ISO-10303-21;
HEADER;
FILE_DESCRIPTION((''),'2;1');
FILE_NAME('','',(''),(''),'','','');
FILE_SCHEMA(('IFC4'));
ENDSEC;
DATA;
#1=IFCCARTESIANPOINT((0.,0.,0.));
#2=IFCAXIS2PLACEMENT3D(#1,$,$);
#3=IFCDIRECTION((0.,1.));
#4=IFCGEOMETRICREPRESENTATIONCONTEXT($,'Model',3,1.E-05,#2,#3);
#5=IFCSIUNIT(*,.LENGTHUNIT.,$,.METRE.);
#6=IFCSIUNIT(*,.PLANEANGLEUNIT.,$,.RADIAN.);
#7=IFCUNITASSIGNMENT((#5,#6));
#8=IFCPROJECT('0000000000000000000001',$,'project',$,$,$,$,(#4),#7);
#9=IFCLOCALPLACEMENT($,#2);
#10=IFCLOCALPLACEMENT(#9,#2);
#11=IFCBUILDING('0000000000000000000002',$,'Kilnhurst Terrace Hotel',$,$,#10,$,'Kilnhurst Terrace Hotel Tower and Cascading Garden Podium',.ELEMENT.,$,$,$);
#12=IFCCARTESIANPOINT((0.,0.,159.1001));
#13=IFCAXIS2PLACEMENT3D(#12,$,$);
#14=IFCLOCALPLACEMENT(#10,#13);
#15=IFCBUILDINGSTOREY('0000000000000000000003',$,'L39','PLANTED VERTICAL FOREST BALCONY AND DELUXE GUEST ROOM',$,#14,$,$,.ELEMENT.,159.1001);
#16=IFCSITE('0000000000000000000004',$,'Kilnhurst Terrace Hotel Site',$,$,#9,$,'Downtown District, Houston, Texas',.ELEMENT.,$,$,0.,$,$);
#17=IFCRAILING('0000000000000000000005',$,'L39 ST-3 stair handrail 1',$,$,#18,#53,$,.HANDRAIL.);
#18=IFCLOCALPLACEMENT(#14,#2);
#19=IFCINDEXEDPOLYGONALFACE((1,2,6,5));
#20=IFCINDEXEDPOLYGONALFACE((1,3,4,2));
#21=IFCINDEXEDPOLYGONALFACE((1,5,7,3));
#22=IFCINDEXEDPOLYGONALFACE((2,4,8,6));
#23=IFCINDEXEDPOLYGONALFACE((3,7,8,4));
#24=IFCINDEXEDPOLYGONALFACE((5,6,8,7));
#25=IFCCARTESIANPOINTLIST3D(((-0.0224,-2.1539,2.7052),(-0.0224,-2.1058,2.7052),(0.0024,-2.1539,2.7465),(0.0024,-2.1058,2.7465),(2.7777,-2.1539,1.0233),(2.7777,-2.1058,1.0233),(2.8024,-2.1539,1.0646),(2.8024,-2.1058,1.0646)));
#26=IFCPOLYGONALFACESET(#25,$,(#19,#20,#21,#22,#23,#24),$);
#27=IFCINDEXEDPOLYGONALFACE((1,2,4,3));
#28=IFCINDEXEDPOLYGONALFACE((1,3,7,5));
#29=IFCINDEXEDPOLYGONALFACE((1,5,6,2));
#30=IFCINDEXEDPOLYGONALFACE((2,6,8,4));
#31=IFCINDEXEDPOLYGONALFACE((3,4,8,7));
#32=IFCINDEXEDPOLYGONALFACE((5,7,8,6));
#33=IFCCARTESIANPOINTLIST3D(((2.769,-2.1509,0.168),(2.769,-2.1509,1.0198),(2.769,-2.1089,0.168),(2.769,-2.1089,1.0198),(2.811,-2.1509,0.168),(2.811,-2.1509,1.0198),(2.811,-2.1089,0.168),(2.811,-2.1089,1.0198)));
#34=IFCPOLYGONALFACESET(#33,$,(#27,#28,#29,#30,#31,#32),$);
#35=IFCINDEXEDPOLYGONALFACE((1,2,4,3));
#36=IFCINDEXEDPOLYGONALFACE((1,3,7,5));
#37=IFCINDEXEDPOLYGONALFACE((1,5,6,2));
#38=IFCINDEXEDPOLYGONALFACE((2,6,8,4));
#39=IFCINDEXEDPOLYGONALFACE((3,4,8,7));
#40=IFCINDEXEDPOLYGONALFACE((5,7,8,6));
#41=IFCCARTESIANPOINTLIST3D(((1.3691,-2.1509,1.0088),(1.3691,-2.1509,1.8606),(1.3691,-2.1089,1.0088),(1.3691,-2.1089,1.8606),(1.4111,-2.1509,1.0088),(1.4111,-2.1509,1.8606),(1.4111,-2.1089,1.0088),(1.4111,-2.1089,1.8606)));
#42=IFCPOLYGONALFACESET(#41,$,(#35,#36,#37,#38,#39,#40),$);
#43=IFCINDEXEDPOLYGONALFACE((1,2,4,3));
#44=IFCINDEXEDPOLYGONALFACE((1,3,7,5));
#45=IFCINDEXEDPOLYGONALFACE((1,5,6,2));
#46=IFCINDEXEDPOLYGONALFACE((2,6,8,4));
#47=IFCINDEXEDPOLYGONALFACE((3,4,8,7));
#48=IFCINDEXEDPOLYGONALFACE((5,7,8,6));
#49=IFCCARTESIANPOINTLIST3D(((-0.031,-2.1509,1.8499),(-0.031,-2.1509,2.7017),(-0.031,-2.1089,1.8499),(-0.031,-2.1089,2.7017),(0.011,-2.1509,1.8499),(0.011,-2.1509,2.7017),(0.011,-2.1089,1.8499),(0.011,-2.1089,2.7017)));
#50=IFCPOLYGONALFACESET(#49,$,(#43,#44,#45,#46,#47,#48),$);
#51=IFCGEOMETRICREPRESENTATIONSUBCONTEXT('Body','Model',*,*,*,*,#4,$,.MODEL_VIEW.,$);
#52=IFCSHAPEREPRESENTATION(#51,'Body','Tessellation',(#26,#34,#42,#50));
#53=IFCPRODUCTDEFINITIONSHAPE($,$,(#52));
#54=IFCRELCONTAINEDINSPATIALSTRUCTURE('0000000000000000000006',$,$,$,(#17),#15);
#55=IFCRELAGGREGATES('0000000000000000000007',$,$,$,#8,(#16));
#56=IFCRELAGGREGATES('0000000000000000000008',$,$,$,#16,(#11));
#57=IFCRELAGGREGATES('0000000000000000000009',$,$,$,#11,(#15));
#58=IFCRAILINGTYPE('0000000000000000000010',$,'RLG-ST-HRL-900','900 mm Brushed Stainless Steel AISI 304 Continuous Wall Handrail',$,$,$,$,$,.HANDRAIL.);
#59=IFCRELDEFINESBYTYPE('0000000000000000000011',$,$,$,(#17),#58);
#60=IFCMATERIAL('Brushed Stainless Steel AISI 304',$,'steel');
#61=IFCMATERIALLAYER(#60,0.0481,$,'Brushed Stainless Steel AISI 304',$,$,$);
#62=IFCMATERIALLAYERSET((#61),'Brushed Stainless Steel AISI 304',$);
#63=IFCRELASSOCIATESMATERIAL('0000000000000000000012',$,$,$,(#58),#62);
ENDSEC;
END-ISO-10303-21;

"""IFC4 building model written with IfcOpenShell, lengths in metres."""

from ifc_helpers import new_model, si_unit, direction, frame, origin, origin_2d, place, context, subcontext, project, spatial, rectangle, extrude, material, layer, layer_set, type_object, element, save


model = new_model("IFC4")

# Units and contexts
model_context = context("Model", 3, precision=1e-05, world=origin(), true_north=direction((0.0, 1.0)))
body_context = subcontext(model_context, "Body", "Model", "MODEL_VIEW")
ifc_project = project(units=[si_unit("LENGTHUNIT", "METRE"), si_unit("PLANEANGLEUNIT", "RADIAN")], contexts=[model_context])

# Site, building, storey
site_placement = place(None, origin())
site = spatial("IfcSite", under=ifc_project, at=site_placement, Name="Kilnhurst Terrace Hotel Site", LongName="Downtown District, Houston, Texas", CompositionType="ELEMENT", RefElevation=0.0)
building_placement = place(site_placement, origin())
building = spatial("IfcBuilding", under=site, at=building_placement, Name="Kilnhurst Terrace Hotel", LongName="Kilnhurst Terrace Hotel Tower and Cascading Garden Podium", CompositionType="ELEMENT")
storey_placement = place(building_placement, frame((0.0, 0.0, 159.1001)))
storey = spatial("IfcBuildingStorey", under=building, at=storey_placement, Name="L39", Description="PLANTED VERTICAL FOREST BALCONY AND DELUXE GUEST ROOM", CompositionType="ELEMENT", Elevation=159.1001)

# Railing
ifc_material_1 = material(Name="Brushed Stainless Steel AISI 304", Category="steel")
ifc_layer_1 = layer(ifc_material_1, 0.0481, Name="Brushed Stainless Steel AISI 304")
ifc_layer_set_1 = layer_set([ifc_layer_1], Name="Brushed Stainless Steel AISI 304")
railing_type_1 = type_object("IfcRailingType", Name="RLG-ST-HRL-900", Description="900 mm Brushed Stainless Steel AISI 304 Continuous Wall Handrail", PredefinedType="HANDRAIL", material=ifc_layer_set_1)
railing_1_placement = place(storey_placement, frame((2.79, -2.1299, 0.168)))
element("IfcRailing", 1, at=railing_1_placement, inside=storey, type_object=railing_type_1, Name="L39 ST-3 stair handrail 1", PredefinedType="HANDRAIL", context=body_context, shape_type="SweptSolid", body=[
    extrude(rectangle(XDim=0.0481, YDim=0.0481, at=origin_2d()), frame((0.0, 0.0, 0.876), z_axis=(-0.857242, 0.0, 0.514913), x_axis=(0.0, -1.0, 0.0)), (0.0, 0.0, 1.0), 3.2664),
    extrude(rectangle(XDim=0.042, YDim=0.042, at=origin_2d()), origin(), (0.0, 0.0, 1.0), 0.8518),
    extrude(rectangle(XDim=0.042, YDim=0.042, at=origin_2d()), frame((-1.3999, 0.0, 0.8408)), (0.0, 0.0, 1.0), 0.8518),
    extrude(rectangle(XDim=0.042, YDim=0.042, at=origin_2d()), frame((-2.8, 0.0, 1.6819)), (0.0, 0.0, 1.0), 0.8518),
])

save(model, "model.ifc")
